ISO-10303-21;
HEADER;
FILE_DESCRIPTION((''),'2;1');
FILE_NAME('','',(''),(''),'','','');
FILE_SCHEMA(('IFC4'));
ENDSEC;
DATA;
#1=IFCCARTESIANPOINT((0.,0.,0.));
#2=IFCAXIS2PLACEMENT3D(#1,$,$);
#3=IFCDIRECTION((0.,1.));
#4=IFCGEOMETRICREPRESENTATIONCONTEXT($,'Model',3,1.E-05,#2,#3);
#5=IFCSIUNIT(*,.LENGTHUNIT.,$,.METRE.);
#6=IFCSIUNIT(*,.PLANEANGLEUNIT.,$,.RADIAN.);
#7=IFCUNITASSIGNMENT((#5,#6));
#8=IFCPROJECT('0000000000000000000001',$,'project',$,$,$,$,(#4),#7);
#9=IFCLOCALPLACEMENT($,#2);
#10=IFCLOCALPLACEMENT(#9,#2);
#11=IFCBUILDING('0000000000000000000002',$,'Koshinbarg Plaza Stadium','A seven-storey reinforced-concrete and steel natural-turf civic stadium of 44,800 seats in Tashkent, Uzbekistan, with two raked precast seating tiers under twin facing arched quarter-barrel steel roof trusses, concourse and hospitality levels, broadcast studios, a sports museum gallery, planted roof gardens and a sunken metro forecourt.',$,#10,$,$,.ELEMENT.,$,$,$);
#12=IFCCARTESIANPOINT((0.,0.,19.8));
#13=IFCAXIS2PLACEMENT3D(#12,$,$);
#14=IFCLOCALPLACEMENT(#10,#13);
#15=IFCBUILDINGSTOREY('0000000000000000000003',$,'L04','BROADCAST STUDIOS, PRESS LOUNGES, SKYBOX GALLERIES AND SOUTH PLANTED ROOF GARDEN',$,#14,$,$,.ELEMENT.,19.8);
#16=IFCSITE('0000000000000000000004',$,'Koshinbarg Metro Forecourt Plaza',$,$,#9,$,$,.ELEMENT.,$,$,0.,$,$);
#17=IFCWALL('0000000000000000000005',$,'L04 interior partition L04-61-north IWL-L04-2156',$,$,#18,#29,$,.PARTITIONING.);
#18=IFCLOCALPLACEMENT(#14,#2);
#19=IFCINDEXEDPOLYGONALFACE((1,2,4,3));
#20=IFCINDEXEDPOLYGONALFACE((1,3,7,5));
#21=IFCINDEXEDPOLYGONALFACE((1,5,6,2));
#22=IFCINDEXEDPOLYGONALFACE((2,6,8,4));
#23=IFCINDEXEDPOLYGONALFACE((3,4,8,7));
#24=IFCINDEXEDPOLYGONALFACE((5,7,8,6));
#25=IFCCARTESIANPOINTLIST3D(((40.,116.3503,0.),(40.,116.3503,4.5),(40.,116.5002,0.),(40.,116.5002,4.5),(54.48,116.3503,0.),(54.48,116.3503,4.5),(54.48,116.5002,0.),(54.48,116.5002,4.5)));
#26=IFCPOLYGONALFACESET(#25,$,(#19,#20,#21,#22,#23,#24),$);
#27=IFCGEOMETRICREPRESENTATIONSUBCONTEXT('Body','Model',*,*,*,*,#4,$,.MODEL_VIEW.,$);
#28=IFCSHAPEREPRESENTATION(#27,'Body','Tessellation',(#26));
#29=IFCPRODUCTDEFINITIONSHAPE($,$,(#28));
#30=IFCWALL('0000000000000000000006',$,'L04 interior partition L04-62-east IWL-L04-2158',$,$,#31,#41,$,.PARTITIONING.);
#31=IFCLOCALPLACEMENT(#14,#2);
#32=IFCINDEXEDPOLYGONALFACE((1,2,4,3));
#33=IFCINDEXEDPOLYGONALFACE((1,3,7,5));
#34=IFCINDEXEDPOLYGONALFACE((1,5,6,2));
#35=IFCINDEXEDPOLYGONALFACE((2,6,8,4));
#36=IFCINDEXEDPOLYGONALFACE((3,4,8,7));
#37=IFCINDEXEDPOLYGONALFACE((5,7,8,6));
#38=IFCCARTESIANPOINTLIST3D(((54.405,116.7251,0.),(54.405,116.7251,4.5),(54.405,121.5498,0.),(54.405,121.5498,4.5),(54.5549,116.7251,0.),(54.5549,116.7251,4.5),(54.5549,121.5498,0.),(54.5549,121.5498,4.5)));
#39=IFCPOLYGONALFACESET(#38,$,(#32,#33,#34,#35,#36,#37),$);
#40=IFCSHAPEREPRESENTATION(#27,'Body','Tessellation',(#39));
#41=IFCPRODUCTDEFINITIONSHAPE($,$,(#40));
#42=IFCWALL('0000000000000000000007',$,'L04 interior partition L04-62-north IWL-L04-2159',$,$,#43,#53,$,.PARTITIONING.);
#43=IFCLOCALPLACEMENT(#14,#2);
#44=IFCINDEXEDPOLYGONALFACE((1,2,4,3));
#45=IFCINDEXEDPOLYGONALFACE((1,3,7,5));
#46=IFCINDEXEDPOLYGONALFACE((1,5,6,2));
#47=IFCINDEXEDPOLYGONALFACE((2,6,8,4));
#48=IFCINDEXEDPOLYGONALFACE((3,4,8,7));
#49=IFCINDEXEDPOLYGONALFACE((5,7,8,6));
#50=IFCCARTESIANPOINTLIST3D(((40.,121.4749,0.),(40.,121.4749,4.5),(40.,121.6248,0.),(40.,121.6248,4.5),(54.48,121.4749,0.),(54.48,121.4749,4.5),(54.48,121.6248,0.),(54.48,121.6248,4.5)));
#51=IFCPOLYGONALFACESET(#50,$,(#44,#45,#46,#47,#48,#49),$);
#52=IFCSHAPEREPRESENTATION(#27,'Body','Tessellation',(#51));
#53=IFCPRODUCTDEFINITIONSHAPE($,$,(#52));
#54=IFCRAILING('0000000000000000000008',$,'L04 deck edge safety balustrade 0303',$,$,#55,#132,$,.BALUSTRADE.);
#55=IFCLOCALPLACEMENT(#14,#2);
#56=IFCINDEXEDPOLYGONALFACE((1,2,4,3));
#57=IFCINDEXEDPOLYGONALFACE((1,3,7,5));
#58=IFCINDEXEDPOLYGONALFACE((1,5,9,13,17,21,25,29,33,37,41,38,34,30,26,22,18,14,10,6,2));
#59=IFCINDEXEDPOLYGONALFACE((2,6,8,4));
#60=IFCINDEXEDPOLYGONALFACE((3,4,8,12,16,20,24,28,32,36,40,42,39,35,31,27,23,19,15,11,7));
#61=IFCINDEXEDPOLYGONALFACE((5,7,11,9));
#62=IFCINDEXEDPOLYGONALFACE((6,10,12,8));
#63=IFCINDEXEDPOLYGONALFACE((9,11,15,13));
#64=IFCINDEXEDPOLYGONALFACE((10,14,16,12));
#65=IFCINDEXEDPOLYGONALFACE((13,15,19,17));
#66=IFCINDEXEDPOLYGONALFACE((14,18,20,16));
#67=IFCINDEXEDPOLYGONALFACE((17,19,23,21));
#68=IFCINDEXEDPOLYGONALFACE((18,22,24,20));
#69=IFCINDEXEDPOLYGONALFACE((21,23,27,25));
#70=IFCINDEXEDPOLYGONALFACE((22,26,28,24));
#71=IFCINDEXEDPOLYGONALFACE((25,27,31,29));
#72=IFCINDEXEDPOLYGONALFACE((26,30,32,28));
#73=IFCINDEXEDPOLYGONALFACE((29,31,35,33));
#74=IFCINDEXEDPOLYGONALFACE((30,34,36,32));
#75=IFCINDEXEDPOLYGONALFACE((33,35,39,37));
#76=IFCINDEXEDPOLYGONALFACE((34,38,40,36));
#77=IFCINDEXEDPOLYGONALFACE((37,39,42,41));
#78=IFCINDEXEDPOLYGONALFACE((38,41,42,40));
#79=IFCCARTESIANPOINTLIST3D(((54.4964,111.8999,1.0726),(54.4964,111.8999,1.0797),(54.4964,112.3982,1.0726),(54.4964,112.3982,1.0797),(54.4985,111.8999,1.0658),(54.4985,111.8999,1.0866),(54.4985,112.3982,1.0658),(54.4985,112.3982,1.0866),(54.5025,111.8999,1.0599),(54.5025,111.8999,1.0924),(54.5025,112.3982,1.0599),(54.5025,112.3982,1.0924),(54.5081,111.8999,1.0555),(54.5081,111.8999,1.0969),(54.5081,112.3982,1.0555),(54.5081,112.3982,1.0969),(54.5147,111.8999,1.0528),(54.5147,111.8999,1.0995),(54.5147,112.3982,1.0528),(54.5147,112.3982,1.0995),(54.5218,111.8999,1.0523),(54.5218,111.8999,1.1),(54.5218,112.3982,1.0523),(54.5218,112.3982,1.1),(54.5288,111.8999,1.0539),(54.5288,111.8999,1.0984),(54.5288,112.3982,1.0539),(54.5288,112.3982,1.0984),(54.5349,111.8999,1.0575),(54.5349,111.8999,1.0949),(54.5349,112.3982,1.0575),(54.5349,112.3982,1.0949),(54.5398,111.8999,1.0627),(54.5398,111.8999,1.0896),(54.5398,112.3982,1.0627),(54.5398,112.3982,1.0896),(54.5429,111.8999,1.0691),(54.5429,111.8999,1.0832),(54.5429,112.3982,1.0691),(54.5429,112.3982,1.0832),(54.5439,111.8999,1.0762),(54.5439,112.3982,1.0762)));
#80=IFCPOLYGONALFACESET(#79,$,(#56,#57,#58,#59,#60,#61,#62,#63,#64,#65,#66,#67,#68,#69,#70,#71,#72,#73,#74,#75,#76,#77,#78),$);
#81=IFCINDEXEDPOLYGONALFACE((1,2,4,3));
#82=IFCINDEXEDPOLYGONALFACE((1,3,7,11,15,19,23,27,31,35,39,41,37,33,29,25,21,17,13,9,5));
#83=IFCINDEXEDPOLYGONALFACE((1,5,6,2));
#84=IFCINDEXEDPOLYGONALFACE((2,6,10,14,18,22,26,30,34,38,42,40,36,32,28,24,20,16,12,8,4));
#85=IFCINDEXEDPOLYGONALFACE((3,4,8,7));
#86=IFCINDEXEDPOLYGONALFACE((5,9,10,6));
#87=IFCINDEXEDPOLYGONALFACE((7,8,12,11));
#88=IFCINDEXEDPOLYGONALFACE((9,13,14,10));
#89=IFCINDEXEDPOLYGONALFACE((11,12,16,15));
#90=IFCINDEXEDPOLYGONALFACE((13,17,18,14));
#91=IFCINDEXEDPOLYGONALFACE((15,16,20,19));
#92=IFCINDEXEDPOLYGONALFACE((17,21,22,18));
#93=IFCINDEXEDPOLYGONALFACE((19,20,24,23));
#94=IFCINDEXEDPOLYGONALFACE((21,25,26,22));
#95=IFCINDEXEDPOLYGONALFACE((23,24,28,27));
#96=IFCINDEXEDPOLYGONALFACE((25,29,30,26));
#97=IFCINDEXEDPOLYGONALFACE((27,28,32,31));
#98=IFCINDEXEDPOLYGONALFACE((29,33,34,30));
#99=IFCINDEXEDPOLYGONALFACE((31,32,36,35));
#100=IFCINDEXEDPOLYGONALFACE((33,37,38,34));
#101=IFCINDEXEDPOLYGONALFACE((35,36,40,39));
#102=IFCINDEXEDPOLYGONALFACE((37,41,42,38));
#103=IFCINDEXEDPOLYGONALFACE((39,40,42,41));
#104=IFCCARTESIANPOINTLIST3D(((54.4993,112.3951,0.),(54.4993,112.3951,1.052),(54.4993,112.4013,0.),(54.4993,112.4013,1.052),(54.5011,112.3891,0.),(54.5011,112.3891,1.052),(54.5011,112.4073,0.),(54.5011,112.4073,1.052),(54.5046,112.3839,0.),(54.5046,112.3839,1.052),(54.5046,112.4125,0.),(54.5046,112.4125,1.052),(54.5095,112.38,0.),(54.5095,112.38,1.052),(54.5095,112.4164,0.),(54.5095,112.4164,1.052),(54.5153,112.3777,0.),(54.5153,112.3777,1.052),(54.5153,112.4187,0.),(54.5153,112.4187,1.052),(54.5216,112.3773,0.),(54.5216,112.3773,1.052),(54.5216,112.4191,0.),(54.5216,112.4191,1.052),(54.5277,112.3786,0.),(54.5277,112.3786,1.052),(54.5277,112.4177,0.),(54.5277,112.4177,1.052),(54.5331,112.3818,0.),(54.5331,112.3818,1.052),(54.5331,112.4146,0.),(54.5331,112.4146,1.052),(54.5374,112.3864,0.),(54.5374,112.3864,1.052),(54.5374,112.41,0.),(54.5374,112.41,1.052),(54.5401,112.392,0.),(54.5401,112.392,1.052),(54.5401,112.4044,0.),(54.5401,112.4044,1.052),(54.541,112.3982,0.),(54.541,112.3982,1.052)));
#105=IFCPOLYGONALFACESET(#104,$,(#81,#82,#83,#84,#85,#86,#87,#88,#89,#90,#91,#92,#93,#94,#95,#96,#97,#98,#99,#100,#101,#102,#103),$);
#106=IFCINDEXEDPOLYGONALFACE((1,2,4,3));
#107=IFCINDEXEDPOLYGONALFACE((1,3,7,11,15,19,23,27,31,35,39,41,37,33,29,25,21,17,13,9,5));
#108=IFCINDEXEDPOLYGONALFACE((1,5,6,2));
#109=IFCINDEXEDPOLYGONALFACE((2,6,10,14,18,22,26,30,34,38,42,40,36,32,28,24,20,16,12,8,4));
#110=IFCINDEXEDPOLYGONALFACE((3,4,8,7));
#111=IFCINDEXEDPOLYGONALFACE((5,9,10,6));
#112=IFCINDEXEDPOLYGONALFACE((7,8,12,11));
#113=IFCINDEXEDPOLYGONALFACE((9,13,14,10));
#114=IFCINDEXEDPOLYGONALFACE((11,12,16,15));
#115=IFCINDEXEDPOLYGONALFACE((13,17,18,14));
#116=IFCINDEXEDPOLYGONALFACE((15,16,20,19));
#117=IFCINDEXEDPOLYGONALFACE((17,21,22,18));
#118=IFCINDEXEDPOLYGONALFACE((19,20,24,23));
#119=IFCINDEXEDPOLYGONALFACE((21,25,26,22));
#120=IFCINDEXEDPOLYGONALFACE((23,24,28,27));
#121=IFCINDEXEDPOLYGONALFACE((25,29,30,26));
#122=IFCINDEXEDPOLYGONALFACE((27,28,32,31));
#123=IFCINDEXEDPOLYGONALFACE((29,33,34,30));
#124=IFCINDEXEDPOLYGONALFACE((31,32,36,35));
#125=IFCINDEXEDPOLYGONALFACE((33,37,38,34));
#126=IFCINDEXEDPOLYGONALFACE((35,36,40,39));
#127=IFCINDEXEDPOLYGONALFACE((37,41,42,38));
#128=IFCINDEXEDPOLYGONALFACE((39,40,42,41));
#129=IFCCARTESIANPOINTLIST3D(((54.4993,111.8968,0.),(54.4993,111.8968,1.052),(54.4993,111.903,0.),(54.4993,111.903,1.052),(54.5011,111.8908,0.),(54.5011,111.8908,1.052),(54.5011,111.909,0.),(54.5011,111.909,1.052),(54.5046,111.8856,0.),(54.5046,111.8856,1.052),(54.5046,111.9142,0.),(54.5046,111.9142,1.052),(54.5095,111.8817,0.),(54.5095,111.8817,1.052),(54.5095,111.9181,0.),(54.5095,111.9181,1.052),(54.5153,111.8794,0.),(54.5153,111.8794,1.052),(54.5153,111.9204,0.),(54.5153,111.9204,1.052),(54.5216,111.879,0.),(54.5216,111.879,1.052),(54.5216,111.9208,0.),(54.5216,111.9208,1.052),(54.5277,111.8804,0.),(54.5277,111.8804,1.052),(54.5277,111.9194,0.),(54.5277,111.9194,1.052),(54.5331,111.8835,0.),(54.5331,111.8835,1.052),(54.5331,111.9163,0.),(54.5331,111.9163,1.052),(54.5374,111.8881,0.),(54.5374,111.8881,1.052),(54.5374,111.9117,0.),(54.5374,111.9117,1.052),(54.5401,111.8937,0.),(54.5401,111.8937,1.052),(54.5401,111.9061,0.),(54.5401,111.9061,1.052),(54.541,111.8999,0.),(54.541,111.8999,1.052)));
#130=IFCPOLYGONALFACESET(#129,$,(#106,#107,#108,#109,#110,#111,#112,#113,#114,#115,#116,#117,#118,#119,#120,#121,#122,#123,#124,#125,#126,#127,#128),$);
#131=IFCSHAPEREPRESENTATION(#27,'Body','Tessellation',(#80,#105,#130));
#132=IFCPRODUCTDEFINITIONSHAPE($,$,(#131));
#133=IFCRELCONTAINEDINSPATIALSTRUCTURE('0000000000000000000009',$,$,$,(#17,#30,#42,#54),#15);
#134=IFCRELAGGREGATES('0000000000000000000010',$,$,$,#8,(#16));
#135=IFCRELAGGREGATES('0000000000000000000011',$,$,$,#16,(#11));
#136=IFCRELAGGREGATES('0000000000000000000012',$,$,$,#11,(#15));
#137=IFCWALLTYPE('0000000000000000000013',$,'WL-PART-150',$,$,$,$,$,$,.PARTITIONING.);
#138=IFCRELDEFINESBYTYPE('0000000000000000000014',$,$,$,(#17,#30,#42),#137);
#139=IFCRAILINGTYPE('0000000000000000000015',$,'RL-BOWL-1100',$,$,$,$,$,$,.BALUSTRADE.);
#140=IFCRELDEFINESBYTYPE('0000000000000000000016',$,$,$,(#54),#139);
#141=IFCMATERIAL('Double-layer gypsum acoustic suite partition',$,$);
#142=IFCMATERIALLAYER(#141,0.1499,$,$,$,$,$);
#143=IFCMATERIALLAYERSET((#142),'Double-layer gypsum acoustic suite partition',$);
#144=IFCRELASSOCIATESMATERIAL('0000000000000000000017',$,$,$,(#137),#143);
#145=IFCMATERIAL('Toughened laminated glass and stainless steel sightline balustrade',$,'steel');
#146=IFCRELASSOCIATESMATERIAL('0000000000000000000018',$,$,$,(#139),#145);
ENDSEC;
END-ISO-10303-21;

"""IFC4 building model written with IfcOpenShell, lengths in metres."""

from ifc_helpers import new_model, si_unit, direction, frame, frame_2d, origin, origin_2d, place, context, subcontext, project, spatial, rectangle, circle, extrude, material, layer, layer_set, type_object, element, save


model = new_model("IFC4")

# Units and contexts
model_context = context("Model", 3, precision=1e-05, world=origin(), true_north=direction((0.0, 1.0)))
body_context = subcontext(model_context, "Body", "Model", "MODEL_VIEW")
ifc_project = project(units=[si_unit("LENGTHUNIT", "METRE"), si_unit("PLANEANGLEUNIT", "RADIAN")], contexts=[model_context])

# Site, building, storey
site_placement = place(None, origin())
site = spatial("IfcSite", under=ifc_project, at=site_placement, Name="Koshinbarg Metro Forecourt Plaza", CompositionType="ELEMENT", RefElevation=0.0)
building_placement = place(site_placement, origin())
building = spatial("IfcBuilding", under=site, at=building_placement, Name="Koshinbarg Plaza Stadium", Description="A seven-storey reinforced-concrete and steel natural-turf civic stadium of 44,800 seats in Tashkent, Uzbekistan, with two raked precast seating tiers under twin facing arched quarter-barrel steel roof trusses, concourse and hospitality levels, broadcast studios, a sports museum gallery, planted roof gardens and a sunken metro forecourt.", CompositionType="ELEMENT")
storey_placement = place(building_placement, frame((0.0, 0.0, 19.8)))
storey = spatial("IfcBuildingStorey", under=building, at=storey_placement, Name="L04", Description="BROADCAST STUDIOS, PRESS LOUNGES, SKYBOX GALLERIES AND SOUTH PLANTED ROOF GARDEN", CompositionType="ELEMENT", Elevation=19.8)

# Walls
ifc_material_1 = material(Name="Double-layer gypsum acoustic suite partition")
ifc_layer_1 = layer(ifc_material_1, 0.1499)
ifc_layer_set_1 = layer_set([ifc_layer_1], Name="Double-layer gypsum acoustic suite partition")
wall_type_1 = type_object("IfcWallType", Name="WL-PART-150", PredefinedType="PARTITIONING", material=ifc_layer_set_1)
wall_1_placement = place(storey_placement, frame((54.48, 116.4253, 0.0), z_axis=(0.0, 0.0, 1.0), x_axis=(-1.0, 0.0, 0.0)))
element("IfcWall", 1, at=wall_1_placement, inside=storey, type_object=wall_type_1, Name="L04 interior partition L04-61-north IWL-L04-2156", PredefinedType="PARTITIONING", context=body_context, shape_type="SweptSolid", body=[
    extrude(rectangle(XDim=14.48, YDim=0.1499, at=frame_2d((7.24, 0.0))), origin(), (0.0, 0.0, 1.0), 4.5),
])
wall_2_placement = place(storey_placement, frame((54.48, 116.7251, 0.0), z_axis=(0.0, 0.0, 1.0), x_axis=(0.0, 1.0, 0.0)))
element("IfcWall", 2, at=wall_2_placement, inside=storey, type_object=wall_type_1, Name="L04 interior partition L04-62-east IWL-L04-2158", PredefinedType="PARTITIONING", context=body_context, shape_type="SweptSolid", body=[
    extrude(rectangle(XDim=4.8247, YDim=0.1499, at=frame_2d((2.4124, 0.0))), origin(), (0.0, 0.0, 1.0), 4.5),
])
wall_3_placement = place(storey_placement, frame((54.48, 121.5498, 0.0), z_axis=(0.0, 0.0, 1.0), x_axis=(-1.0, 0.0, 0.0)))
element("IfcWall", 3, at=wall_3_placement, inside=storey, type_object=wall_type_1, Name="L04 interior partition L04-62-north IWL-L04-2159", PredefinedType="PARTITIONING", context=body_context, shape_type="SweptSolid", body=[
    extrude(rectangle(XDim=14.48, YDim=0.1499, at=frame_2d((7.24, 0.0))), origin(), (0.0, 0.0, 1.0), 4.5),
])

# Railing
ifc_material_2 = material(Name="Toughened laminated glass and stainless steel sightline balustrade", Category="steel")
railing_type_1 = type_object("IfcRailingType", Name="RL-BOWL-1100", PredefinedType="BALUSTRADE", material=ifc_material_2)
railing_1_placement = place(storey_placement, frame((54.52, 112.3982, 0.0)))
element("IfcRailing", 4, at=railing_1_placement, inside=storey, type_object=railing_type_1, Name="L04 deck edge safety balustrade 0303", PredefinedType="BALUSTRADE", context=body_context, shape_type="SweptSolid", body=[
    extrude(circle(Radius=0.0239, at=origin_2d()), frame((0.0, 0.0, 1.0762), z_axis=(0.0, -1.0, 0.0), x_axis=(1.0, 0.0, 0.0)), (0.0, 0.0, 1.0), 0.4983),
    extrude(circle(Radius=0.021, at=origin_2d()), origin(), (0.0, 0.0, 1.0), 1.052),
    extrude(circle(Radius=0.021, at=origin_2d()), frame((0.0, -0.4983, 0.0)), (0.0, 0.0, 1.0), 1.052),
])

save(model, "model.ifc")
